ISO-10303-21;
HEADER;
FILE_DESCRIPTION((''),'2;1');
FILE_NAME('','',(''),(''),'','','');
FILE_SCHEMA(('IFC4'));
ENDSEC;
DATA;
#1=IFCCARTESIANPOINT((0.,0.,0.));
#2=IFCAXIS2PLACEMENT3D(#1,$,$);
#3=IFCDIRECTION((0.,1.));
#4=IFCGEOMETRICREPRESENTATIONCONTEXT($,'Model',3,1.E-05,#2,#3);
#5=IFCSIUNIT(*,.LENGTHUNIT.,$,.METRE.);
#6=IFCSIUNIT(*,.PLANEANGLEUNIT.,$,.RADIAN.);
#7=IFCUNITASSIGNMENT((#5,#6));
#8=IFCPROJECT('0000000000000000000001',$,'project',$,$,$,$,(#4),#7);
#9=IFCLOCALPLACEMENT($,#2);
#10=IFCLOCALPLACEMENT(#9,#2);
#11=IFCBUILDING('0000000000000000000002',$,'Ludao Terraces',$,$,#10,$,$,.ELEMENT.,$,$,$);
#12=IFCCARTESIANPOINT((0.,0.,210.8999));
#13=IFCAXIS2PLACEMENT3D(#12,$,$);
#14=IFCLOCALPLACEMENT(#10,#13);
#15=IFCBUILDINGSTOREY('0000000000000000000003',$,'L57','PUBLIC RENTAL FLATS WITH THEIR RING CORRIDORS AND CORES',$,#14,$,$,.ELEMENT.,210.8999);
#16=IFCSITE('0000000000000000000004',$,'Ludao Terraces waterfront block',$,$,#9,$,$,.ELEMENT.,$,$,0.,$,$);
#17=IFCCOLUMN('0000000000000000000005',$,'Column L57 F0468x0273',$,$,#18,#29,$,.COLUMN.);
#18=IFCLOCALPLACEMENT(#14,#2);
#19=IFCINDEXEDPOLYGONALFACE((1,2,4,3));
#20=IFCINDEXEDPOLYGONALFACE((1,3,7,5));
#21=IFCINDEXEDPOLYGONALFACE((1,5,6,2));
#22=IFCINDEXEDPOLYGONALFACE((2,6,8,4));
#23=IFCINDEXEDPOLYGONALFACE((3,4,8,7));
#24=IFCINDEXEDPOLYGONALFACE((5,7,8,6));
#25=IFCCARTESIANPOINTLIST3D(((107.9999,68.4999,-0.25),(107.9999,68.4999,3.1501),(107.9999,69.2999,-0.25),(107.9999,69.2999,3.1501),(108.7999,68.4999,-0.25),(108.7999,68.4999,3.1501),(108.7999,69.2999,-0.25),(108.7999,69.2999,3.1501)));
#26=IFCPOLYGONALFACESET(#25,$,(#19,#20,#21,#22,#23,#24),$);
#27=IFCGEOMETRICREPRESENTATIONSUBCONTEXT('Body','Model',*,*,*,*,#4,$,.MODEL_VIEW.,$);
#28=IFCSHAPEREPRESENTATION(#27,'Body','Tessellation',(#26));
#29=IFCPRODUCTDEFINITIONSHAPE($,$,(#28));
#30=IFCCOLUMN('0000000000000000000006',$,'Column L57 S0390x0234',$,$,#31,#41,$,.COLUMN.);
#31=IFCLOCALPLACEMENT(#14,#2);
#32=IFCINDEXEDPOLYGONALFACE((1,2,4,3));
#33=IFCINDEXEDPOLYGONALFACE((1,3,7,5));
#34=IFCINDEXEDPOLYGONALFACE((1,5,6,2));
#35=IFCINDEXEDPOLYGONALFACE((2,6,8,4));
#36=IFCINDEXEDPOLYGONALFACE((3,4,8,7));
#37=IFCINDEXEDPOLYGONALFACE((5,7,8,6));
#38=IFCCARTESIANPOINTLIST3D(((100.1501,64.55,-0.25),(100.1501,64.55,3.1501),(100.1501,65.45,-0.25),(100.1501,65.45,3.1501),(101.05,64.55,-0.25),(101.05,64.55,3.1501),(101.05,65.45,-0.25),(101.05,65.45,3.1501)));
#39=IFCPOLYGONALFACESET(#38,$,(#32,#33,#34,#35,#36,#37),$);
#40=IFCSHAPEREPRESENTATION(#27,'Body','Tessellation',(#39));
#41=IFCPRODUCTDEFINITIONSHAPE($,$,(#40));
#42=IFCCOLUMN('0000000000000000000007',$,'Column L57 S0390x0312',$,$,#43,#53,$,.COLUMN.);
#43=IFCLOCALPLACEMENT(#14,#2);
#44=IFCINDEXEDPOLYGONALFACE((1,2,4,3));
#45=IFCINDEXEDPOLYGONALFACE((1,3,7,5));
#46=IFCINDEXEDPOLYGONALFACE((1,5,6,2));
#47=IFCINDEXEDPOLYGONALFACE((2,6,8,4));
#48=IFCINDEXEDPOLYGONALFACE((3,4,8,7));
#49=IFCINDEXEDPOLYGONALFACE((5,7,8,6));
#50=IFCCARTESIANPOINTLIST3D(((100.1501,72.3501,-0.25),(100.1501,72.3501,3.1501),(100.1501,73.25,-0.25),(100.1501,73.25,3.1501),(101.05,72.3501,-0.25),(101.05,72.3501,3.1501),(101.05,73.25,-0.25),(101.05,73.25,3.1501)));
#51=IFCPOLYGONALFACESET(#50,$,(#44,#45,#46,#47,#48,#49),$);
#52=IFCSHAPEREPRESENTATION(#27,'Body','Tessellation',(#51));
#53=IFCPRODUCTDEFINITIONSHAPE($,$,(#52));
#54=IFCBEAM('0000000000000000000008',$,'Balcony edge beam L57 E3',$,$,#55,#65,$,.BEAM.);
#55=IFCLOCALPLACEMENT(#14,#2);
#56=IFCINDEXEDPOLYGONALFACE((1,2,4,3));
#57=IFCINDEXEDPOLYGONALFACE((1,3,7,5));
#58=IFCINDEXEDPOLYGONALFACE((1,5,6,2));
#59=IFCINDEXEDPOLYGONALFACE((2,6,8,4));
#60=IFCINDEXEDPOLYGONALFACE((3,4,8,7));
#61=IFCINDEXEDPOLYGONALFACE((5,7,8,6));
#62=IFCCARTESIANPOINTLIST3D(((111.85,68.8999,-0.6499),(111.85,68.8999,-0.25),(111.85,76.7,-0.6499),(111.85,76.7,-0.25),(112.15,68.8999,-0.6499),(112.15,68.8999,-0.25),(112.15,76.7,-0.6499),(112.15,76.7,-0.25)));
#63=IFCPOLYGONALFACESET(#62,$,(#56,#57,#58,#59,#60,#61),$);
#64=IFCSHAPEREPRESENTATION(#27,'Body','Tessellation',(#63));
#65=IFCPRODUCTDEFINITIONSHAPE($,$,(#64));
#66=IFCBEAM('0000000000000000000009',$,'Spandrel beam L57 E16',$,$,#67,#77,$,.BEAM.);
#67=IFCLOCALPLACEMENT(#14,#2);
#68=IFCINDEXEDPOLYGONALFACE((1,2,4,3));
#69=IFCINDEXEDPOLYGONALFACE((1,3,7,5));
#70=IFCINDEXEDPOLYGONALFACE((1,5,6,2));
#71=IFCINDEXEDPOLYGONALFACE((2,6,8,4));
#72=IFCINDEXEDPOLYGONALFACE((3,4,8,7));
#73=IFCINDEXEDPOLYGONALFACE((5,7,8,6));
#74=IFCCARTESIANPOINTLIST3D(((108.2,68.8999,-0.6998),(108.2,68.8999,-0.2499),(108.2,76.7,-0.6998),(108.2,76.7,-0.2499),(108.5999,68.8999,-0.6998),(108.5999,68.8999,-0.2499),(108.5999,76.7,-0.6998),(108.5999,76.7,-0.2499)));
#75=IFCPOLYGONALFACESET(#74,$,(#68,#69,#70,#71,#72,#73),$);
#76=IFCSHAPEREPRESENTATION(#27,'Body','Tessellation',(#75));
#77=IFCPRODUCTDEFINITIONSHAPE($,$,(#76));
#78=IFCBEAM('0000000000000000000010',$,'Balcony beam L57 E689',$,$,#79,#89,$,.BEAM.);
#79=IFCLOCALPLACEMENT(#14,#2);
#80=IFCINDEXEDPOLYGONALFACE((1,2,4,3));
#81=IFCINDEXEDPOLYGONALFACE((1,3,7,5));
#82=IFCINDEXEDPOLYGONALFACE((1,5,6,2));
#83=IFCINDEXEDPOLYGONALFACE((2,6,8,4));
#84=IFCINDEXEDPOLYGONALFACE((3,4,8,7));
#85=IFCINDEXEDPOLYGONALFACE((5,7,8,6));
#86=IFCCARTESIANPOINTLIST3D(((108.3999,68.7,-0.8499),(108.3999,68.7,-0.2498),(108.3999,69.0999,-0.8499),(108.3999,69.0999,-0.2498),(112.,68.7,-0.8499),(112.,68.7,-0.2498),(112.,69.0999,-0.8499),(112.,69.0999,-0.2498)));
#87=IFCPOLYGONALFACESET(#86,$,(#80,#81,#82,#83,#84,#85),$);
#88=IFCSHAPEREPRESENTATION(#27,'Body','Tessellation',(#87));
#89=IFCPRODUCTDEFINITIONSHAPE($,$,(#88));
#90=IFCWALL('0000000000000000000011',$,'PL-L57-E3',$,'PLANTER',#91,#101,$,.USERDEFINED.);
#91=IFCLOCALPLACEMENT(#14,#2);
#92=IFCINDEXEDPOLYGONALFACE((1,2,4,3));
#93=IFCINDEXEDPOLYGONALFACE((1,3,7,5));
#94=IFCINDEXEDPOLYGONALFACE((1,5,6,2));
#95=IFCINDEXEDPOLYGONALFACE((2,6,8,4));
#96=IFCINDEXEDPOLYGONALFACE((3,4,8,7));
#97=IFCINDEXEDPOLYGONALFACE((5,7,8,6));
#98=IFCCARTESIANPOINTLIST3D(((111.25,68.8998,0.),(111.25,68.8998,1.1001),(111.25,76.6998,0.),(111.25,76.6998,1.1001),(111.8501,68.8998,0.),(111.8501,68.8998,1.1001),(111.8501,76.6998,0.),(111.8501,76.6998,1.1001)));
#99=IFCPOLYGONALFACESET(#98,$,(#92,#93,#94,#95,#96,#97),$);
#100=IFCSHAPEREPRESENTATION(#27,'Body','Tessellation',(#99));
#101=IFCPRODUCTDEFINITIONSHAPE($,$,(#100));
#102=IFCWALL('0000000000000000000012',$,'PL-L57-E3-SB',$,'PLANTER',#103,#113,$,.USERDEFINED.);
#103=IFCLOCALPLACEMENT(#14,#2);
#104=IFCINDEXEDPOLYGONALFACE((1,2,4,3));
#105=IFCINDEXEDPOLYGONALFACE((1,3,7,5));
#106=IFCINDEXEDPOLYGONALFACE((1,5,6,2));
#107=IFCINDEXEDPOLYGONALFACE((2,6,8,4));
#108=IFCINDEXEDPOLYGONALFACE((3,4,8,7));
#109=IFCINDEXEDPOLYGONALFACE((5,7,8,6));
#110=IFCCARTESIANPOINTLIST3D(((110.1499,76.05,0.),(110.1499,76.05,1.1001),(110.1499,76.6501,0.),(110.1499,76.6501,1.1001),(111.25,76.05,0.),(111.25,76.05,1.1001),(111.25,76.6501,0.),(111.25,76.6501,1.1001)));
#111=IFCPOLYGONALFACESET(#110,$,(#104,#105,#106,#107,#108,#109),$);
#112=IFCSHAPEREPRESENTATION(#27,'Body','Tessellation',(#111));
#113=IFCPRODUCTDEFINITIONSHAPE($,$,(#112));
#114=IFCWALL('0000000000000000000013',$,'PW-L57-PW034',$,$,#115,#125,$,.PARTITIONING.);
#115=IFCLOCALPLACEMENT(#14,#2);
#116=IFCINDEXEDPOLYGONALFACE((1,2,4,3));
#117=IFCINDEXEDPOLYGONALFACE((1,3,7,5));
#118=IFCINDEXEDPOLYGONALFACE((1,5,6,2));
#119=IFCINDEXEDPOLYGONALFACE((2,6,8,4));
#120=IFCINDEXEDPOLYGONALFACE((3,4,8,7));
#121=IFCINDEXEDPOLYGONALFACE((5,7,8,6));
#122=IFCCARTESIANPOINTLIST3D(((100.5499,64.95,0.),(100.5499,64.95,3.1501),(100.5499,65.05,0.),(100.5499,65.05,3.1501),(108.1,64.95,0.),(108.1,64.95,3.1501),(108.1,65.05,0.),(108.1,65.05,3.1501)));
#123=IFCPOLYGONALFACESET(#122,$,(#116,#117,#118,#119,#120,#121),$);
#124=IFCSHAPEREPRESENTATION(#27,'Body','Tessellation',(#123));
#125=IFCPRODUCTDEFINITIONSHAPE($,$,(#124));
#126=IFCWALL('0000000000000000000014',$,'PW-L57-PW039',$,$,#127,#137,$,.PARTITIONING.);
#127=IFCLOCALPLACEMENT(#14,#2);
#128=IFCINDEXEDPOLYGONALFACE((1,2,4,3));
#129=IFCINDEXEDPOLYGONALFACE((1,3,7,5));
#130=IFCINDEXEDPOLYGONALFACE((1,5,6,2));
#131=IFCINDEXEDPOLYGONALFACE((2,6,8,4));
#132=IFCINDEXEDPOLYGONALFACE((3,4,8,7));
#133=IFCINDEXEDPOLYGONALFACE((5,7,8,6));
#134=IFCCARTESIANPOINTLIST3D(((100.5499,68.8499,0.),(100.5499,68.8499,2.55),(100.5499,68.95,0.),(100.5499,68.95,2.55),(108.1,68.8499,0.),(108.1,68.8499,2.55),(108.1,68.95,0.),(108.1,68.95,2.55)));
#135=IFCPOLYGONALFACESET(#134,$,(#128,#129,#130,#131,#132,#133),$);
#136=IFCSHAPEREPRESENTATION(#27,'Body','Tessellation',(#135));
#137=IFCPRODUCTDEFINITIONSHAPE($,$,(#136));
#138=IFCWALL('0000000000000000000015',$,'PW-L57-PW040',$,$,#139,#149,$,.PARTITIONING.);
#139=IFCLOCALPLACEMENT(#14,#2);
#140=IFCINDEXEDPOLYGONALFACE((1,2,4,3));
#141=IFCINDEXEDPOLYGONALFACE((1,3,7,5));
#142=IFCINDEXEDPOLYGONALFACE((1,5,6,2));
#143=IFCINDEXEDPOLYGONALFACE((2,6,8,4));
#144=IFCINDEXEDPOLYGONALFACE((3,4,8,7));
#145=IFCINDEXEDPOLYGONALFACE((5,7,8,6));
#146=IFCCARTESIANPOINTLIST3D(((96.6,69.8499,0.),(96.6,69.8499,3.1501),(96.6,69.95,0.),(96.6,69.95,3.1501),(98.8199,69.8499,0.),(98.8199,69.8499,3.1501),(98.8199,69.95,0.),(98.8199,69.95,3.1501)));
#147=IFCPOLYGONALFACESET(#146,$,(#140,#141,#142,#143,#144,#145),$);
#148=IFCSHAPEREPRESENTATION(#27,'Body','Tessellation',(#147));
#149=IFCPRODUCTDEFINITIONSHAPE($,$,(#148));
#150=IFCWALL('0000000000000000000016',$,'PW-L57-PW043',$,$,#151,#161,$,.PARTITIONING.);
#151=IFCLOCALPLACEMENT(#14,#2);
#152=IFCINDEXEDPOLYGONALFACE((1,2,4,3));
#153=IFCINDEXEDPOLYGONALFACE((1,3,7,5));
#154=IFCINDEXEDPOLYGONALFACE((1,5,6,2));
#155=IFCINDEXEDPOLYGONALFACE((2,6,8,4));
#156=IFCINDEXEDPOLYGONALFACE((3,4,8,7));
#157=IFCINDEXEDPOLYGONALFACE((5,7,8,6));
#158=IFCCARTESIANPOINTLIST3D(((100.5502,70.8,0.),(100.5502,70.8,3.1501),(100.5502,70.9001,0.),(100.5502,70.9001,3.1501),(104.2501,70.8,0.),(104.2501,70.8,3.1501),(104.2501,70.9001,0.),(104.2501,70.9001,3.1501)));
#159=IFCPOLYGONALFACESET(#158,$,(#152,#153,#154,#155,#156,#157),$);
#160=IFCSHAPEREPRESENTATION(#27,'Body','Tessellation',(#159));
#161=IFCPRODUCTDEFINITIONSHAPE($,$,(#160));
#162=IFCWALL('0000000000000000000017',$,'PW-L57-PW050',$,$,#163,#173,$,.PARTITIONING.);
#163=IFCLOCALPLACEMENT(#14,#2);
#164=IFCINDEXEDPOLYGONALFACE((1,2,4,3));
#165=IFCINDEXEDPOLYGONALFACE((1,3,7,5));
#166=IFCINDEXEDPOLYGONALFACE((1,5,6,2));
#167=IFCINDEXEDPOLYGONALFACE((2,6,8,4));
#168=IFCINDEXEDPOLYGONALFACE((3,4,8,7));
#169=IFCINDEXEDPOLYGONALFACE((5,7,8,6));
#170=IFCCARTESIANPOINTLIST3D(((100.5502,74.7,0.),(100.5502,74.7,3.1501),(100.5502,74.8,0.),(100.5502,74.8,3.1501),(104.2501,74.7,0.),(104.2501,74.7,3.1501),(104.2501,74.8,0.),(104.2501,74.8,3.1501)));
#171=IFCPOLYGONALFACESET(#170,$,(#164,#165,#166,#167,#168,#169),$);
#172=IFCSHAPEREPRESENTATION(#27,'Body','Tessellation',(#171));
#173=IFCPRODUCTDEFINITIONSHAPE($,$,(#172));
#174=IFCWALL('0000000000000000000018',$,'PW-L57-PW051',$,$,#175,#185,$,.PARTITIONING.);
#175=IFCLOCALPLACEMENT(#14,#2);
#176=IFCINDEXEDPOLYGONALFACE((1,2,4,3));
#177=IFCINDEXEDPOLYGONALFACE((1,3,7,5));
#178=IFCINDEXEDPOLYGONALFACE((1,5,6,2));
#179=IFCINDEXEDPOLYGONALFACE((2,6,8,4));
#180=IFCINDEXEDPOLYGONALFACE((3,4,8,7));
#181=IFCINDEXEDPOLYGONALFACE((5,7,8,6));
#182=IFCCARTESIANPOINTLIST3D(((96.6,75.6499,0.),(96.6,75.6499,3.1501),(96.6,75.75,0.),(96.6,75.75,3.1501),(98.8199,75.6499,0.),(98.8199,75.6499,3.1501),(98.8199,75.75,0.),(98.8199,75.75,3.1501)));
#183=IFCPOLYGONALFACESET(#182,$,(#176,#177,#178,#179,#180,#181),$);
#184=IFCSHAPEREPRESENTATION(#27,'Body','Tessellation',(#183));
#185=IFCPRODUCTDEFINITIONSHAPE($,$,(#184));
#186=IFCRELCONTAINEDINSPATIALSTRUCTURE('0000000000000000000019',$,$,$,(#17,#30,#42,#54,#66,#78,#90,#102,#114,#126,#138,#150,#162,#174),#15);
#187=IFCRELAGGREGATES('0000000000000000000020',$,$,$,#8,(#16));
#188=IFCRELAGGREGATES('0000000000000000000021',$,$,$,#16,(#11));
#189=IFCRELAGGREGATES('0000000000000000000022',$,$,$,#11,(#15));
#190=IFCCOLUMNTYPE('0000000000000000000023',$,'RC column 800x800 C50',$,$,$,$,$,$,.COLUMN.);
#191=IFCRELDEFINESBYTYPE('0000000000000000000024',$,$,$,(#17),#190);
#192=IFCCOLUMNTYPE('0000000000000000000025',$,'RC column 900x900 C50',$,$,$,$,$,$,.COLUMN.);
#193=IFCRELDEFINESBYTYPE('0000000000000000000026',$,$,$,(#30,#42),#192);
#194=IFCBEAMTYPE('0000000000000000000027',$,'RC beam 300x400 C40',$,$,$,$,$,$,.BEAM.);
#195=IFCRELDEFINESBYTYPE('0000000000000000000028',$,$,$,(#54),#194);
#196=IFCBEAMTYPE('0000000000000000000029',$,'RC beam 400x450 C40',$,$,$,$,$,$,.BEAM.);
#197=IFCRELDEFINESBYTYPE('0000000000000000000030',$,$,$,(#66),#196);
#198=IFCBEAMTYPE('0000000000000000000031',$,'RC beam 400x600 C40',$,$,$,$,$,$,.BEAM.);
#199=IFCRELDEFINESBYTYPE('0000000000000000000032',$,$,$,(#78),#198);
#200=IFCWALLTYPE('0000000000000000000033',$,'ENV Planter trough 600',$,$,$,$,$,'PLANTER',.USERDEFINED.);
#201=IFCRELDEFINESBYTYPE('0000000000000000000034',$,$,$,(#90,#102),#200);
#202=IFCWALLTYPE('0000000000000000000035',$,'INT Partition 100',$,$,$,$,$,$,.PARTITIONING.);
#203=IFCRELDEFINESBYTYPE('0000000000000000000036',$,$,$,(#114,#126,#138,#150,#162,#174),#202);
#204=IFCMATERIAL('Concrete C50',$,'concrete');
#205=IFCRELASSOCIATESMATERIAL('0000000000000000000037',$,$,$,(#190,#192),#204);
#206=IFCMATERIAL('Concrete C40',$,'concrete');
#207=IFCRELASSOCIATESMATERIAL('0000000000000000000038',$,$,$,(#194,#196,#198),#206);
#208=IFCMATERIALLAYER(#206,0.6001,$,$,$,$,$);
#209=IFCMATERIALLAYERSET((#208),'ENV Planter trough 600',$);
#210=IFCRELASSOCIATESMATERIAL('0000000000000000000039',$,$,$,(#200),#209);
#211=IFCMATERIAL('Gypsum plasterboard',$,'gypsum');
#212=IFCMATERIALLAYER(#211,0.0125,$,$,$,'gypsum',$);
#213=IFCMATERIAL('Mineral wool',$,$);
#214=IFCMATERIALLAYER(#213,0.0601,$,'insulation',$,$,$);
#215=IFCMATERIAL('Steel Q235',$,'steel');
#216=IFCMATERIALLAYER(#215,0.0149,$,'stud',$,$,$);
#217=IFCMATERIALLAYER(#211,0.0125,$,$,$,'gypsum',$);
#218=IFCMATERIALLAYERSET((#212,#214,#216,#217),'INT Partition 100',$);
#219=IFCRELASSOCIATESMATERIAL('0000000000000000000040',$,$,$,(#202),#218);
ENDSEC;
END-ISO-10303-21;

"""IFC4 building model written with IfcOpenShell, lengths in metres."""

from ifc_helpers import new_model, si_unit, direction, frame, frame_2d, origin, origin_2d, place, context, subcontext, project, spatial, rectangle, extrude, material, layer, layer_set, material_profile, profile_set, type_object, element, save


model = new_model("IFC4")

# Units and contexts
model_context = context("Model", 3, precision=1e-05, world=origin(), true_north=direction((0.0, 1.0)))
body_context = subcontext(model_context, "Body", "Model", "MODEL_VIEW")
ifc_project = project(units=[si_unit("LENGTHUNIT", "METRE"), si_unit("PLANEANGLEUNIT", "RADIAN")], contexts=[model_context])

# Site, building, storey
site_placement = place(None, origin())
site = spatial("IfcSite", under=ifc_project, at=site_placement, Name="Ludao Terraces waterfront block", CompositionType="ELEMENT", RefElevation=0.0)
building_placement = place(site_placement, origin())
building = spatial("IfcBuilding", under=site, at=building_placement, Name="Ludao Terraces", CompositionType="ELEMENT")
storey_placement = place(building_placement, frame((0.0, 0.0, 210.8999)))
storey = spatial("IfcBuildingStorey", under=building, at=storey_placement, Name="L57", Description="PUBLIC RENTAL FLATS WITH THEIR RING CORRIDORS AND CORES", CompositionType="ELEMENT", Elevation=210.8999)

# Columns
ifc_material_1 = material(Name="Concrete C50", Category="concrete")
ifc_material_profile_1 = material_profile(ifc_material_1, rectangle(XDim=0.8, YDim=0.8, at=origin_2d()), Name="800 X 800")
ifc_profile_set_1 = profile_set([ifc_material_profile_1], Name="Concrete C50")
column_type_1 = type_object("IfcColumnType", Name="RC column 800x800 C50", PredefinedType="COLUMN", material=ifc_profile_set_1)
column_placement = place(storey_placement, frame((108.3999, 68.8999, -0.25), z_axis=(0.0, 0.0, 1.0), x_axis=(1.0, 0.0, 0.0)))
element("IfcColumn", 1, at=column_placement, inside=storey, type_object=column_type_1, Name="Column L57 F0468x0273", PredefinedType="COLUMN", context=body_context, shape_type="SweptSolid", body=[
    extrude(rectangle(XDim=0.8, YDim=0.8, at=origin_2d()), origin(), (0.0, 0.0, 1.0), 3.4001),
])
ifc_material_profile_2 = material_profile(ifc_material_1, rectangle(XDim=0.8999, YDim=0.8999, at=origin_2d()), Name="900 X 900")
ifc_profile_set_2 = profile_set([ifc_material_profile_2], Name="Concrete C50")
column_type_2 = type_object("IfcColumnType", Name="RC column 900x900 C50", PredefinedType="COLUMN", material=ifc_profile_set_2)
for number, where, z_axis, x_axis, name in (
    (2, (100.6001, 65.0, -0.25), (0.0, 0.0, 1.0), (1.0, 0.0, 0.0), "Column L57 S0390x0234"),
    (3, (100.6001, 72.8, -0.25), (0.0, 0.0, 1.0), (1.0, 0.0, 0.0), "Column L57 S0390x0312"),
):
    element("IfcColumn", number, at=place(storey_placement, frame(where, z_axis=z_axis, x_axis=x_axis)), inside=storey, type_object=column_type_2, Name=name, PredefinedType="COLUMN", context=body_context, shape_type="SweptSolid", body=[
        extrude(rectangle(XDim=0.8999, YDim=0.8999, at=origin_2d()), origin(), (0.0, 0.0, 1.0), 3.4001),
    ])

# Beams
ifc_material_2 = material(Name="Concrete C40", Category="concrete")
ifc_material_profile_3 = material_profile(ifc_material_2, rectangle(XDim=0.3, YDim=0.3999, at=origin_2d()), Name="300 X 400")
ifc_profile_set_3 = profile_set([ifc_material_profile_3], Name="Concrete C40")
beam_type_1 = type_object("IfcBeamType", Name="RC beam 300x400 C40", PredefinedType="BEAM", material=ifc_profile_set_3)
beam_1_placement = place(storey_placement, frame((112.0, 68.8999, -0.45), z_axis=(0.0, 1.0, 0.0), x_axis=(-1.0, 0.0, 0.0)))
element("IfcBeam", 4, at=beam_1_placement, inside=storey, type_object=beam_type_1, Name="Balcony edge beam L57 E3", PredefinedType="BEAM", context=body_context, shape_type="SweptSolid", body=[
    extrude(rectangle(XDim=0.3, YDim=0.3999, at=origin_2d()), origin(), (0.0, 0.0, 1.0), 7.8),
])
ifc_material_profile_4 = material_profile(ifc_material_2, rectangle(XDim=0.3999, YDim=0.45, at=origin_2d()), Name="400 X 450")
ifc_profile_set_4 = profile_set([ifc_material_profile_4], Name="Concrete C40")
beam_type_2 = type_object("IfcBeamType", Name="RC beam 400x450 C40", PredefinedType="BEAM", material=ifc_profile_set_4)
beam_2_placement = place(storey_placement, frame((108.3999, 68.8999, -0.4749), z_axis=(0.0, 1.0, 0.0), x_axis=(-1.0, 0.0, 0.0)))
element("IfcBeam", 5, at=beam_2_placement, inside=storey, type_object=beam_type_2, Name="Spandrel beam L57 E16", PredefinedType="BEAM", context=body_context, shape_type="SweptSolid", body=[
    extrude(rectangle(XDim=0.3999, YDim=0.45, at=origin_2d()), origin(), (0.0, 0.0, 1.0), 7.8),
])
ifc_material_profile_5 = material_profile(ifc_material_2, rectangle(XDim=0.3999, YDim=0.6001, at=origin_2d()), Name="400 X 600")
ifc_profile_set_5 = profile_set([ifc_material_profile_5], Name="Concrete C40")
beam_type_3 = type_object("IfcBeamType", Name="RC beam 400x600 C40", PredefinedType="BEAM", material=ifc_profile_set_5)
beam_3_placement = place(storey_placement, frame((108.3999, 68.8999, -0.5498), z_axis=(1.0, 0.0, 0.0), x_axis=(0.0, 1.0, 0.0)))
element("IfcBeam", 6, at=beam_3_placement, inside=storey, type_object=beam_type_3, Name="Balcony beam L57 E689", PredefinedType="BEAM", context=body_context, shape_type="SweptSolid", body=[
    extrude(rectangle(XDim=0.3999, YDim=0.6001, at=origin_2d()), origin(), (0.0, 0.0, 1.0), 3.6001),
])

# Walls
ifc_layer_1 = layer(ifc_material_2, 0.6001)
ifc_layer_set_1 = layer_set([ifc_layer_1], Name="ENV Planter trough 600")
wall_type_1 = type_object("IfcWallType", Name="ENV Planter trough 600", ElementType="PLANTER", PredefinedType="USERDEFINED", material=ifc_layer_set_1)
wall_1_placement = place(storey_placement, frame((111.55, 68.8999, 0.0), z_axis=(0.0, 0.0, 1.0), x_axis=(0.0, 1.0, 0.0)))
element("IfcWall", 7, at=wall_1_placement, inside=storey, type_object=wall_type_1, Name="PL-L57-E3", ObjectType="PLANTER", PredefinedType="USERDEFINED", context=body_context, shape_type="SweptSolid", body=[
    extrude(rectangle(XDim=7.8, YDim=0.6001, at=frame_2d((3.8999, 0.0))), origin(), (0.0, 0.0, 1.0), 1.1001),
])
wall_2_placement = place(storey_placement, frame((111.25, 76.3501, 0.0), z_axis=(0.0, 0.0, 1.0), x_axis=(-1.0, 0.0, 0.0)))
element("IfcWall", 8, at=wall_2_placement, inside=storey, type_object=wall_type_1, Name="PL-L57-E3-SB", ObjectType="PLANTER", PredefinedType="USERDEFINED", context=body_context, shape_type="SweptSolid", body=[
    extrude(rectangle(XDim=1.1001, YDim=0.6001, at=frame_2d((0.55, 0.0))), origin(), (0.0, 0.0, 1.0), 1.1001),
])

# Shared definitions
ifc_material_3 = material(Name="Mineral wool")

# Walls
ifc_material_4 = material(Name="Gypsum plasterboard", Category="gypsum")
ifc_layer_2 = layer(ifc_material_4, 0.0125, Category="gypsum")
ifc_layer_3 = layer(ifc_material_3, 0.0601, Name="insulation")
ifc_material_5 = material(Name="Steel Q235", Category="steel")
ifc_layer_4 = layer(ifc_material_5, 0.0149, Name="stud")
ifc_layer_5 = layer(ifc_material_4, 0.0125, Category="gypsum")
ifc_layer_set_2 = layer_set([ifc_layer_2, ifc_layer_3, ifc_layer_4, ifc_layer_5], Name="INT Partition 100")
wall_type_2 = type_object("IfcWallType", Name="INT Partition 100", PredefinedType="PARTITIONING", material=ifc_layer_set_2)
wall_3_placement = place(storey_placement, frame((100.55, 65.0, 0.0), z_axis=(0.0, 0.0, 1.0), x_axis=(1.0, 0.0, 0.0)))
element("IfcWall", 9, at=wall_3_placement, inside=storey, type_object=wall_type_2, Name="PW-L57-PW034", PredefinedType="PARTITIONING", context=body_context, shape_type="SweptSolid", body=[
    extrude(rectangle(XDim=7.55, YDim=0.1001, at=frame_2d((3.7749, 0.0))), origin(), (0.0, 0.0, 1.0), 3.1501),
])
wall_4_placement = place(storey_placement, frame((100.55, 68.8999, 0.0), z_axis=(0.0, 0.0, 1.0), x_axis=(1.0, 0.0, 0.0)))
element("IfcWall", 10, at=wall_4_placement, inside=storey, type_object=wall_type_2, Name="PW-L57-PW039", PredefinedType="PARTITIONING", context=body_context, shape_type="SweptSolid", body=[
    extrude(rectangle(XDim=7.55, YDim=0.1001, at=frame_2d((3.7749, 0.0))), origin(), (0.0, 0.0, 1.0), 2.55),
])
wall_5_placement = place(storey_placement, frame((96.6001, 69.8999, 0.0), z_axis=(0.0, 0.0, 1.0), x_axis=(1.0, 0.0, 0.0)))
element("IfcWall", 11, at=wall_5_placement, inside=storey, type_object=wall_type_2, Name="PW-L57-PW040", PredefinedType="PARTITIONING", context=body_context, shape_type="SweptSolid", body=[
    extrude(rectangle(XDim=2.22, YDim=0.1001, at=frame_2d((1.1099, 0.0))), origin(), (0.0, 0.0, 1.0), 3.1501),
])
for number, where, z_axis, x_axis, name in (
    (12, (100.55, 70.8501, 0.0), (0.0, 0.0, 1.0), (1.0, 0.0, 0.0), "PW-L57-PW043"),
    (13, (100.55, 74.75, 0.0), (0.0, 0.0, 1.0), (1.0, 0.0, 0.0), "PW-L57-PW050"),
):
    element("IfcWall", number, at=place(storey_placement, frame(where, z_axis=z_axis, x_axis=x_axis)), inside=storey, type_object=wall_type_2, Name=name, PredefinedType="PARTITIONING", context=body_context, shape_type="SweptSolid", body=[
        extrude(rectangle(XDim=3.7, YDim=0.1001, at=frame_2d((1.8501, 0.0))), origin(), (0.0, 0.0, 1.0), 3.1501),
    ])
wall_6_placement = place(storey_placement, frame((96.6001, 75.7, 0.0), z_axis=(0.0, 0.0, 1.0), x_axis=(1.0, 0.0, 0.0)))
element("IfcWall", 14, at=wall_6_placement, inside=storey, type_object=wall_type_2, Name="PW-L57-PW051", PredefinedType="PARTITIONING", context=body_context, shape_type="SweptSolid", body=[
    extrude(rectangle(XDim=2.22, YDim=0.1001, at=frame_2d((1.1099, 0.0))), origin(), (0.0, 0.0, 1.0), 3.1501),
])

save(model, "model.ifc")
